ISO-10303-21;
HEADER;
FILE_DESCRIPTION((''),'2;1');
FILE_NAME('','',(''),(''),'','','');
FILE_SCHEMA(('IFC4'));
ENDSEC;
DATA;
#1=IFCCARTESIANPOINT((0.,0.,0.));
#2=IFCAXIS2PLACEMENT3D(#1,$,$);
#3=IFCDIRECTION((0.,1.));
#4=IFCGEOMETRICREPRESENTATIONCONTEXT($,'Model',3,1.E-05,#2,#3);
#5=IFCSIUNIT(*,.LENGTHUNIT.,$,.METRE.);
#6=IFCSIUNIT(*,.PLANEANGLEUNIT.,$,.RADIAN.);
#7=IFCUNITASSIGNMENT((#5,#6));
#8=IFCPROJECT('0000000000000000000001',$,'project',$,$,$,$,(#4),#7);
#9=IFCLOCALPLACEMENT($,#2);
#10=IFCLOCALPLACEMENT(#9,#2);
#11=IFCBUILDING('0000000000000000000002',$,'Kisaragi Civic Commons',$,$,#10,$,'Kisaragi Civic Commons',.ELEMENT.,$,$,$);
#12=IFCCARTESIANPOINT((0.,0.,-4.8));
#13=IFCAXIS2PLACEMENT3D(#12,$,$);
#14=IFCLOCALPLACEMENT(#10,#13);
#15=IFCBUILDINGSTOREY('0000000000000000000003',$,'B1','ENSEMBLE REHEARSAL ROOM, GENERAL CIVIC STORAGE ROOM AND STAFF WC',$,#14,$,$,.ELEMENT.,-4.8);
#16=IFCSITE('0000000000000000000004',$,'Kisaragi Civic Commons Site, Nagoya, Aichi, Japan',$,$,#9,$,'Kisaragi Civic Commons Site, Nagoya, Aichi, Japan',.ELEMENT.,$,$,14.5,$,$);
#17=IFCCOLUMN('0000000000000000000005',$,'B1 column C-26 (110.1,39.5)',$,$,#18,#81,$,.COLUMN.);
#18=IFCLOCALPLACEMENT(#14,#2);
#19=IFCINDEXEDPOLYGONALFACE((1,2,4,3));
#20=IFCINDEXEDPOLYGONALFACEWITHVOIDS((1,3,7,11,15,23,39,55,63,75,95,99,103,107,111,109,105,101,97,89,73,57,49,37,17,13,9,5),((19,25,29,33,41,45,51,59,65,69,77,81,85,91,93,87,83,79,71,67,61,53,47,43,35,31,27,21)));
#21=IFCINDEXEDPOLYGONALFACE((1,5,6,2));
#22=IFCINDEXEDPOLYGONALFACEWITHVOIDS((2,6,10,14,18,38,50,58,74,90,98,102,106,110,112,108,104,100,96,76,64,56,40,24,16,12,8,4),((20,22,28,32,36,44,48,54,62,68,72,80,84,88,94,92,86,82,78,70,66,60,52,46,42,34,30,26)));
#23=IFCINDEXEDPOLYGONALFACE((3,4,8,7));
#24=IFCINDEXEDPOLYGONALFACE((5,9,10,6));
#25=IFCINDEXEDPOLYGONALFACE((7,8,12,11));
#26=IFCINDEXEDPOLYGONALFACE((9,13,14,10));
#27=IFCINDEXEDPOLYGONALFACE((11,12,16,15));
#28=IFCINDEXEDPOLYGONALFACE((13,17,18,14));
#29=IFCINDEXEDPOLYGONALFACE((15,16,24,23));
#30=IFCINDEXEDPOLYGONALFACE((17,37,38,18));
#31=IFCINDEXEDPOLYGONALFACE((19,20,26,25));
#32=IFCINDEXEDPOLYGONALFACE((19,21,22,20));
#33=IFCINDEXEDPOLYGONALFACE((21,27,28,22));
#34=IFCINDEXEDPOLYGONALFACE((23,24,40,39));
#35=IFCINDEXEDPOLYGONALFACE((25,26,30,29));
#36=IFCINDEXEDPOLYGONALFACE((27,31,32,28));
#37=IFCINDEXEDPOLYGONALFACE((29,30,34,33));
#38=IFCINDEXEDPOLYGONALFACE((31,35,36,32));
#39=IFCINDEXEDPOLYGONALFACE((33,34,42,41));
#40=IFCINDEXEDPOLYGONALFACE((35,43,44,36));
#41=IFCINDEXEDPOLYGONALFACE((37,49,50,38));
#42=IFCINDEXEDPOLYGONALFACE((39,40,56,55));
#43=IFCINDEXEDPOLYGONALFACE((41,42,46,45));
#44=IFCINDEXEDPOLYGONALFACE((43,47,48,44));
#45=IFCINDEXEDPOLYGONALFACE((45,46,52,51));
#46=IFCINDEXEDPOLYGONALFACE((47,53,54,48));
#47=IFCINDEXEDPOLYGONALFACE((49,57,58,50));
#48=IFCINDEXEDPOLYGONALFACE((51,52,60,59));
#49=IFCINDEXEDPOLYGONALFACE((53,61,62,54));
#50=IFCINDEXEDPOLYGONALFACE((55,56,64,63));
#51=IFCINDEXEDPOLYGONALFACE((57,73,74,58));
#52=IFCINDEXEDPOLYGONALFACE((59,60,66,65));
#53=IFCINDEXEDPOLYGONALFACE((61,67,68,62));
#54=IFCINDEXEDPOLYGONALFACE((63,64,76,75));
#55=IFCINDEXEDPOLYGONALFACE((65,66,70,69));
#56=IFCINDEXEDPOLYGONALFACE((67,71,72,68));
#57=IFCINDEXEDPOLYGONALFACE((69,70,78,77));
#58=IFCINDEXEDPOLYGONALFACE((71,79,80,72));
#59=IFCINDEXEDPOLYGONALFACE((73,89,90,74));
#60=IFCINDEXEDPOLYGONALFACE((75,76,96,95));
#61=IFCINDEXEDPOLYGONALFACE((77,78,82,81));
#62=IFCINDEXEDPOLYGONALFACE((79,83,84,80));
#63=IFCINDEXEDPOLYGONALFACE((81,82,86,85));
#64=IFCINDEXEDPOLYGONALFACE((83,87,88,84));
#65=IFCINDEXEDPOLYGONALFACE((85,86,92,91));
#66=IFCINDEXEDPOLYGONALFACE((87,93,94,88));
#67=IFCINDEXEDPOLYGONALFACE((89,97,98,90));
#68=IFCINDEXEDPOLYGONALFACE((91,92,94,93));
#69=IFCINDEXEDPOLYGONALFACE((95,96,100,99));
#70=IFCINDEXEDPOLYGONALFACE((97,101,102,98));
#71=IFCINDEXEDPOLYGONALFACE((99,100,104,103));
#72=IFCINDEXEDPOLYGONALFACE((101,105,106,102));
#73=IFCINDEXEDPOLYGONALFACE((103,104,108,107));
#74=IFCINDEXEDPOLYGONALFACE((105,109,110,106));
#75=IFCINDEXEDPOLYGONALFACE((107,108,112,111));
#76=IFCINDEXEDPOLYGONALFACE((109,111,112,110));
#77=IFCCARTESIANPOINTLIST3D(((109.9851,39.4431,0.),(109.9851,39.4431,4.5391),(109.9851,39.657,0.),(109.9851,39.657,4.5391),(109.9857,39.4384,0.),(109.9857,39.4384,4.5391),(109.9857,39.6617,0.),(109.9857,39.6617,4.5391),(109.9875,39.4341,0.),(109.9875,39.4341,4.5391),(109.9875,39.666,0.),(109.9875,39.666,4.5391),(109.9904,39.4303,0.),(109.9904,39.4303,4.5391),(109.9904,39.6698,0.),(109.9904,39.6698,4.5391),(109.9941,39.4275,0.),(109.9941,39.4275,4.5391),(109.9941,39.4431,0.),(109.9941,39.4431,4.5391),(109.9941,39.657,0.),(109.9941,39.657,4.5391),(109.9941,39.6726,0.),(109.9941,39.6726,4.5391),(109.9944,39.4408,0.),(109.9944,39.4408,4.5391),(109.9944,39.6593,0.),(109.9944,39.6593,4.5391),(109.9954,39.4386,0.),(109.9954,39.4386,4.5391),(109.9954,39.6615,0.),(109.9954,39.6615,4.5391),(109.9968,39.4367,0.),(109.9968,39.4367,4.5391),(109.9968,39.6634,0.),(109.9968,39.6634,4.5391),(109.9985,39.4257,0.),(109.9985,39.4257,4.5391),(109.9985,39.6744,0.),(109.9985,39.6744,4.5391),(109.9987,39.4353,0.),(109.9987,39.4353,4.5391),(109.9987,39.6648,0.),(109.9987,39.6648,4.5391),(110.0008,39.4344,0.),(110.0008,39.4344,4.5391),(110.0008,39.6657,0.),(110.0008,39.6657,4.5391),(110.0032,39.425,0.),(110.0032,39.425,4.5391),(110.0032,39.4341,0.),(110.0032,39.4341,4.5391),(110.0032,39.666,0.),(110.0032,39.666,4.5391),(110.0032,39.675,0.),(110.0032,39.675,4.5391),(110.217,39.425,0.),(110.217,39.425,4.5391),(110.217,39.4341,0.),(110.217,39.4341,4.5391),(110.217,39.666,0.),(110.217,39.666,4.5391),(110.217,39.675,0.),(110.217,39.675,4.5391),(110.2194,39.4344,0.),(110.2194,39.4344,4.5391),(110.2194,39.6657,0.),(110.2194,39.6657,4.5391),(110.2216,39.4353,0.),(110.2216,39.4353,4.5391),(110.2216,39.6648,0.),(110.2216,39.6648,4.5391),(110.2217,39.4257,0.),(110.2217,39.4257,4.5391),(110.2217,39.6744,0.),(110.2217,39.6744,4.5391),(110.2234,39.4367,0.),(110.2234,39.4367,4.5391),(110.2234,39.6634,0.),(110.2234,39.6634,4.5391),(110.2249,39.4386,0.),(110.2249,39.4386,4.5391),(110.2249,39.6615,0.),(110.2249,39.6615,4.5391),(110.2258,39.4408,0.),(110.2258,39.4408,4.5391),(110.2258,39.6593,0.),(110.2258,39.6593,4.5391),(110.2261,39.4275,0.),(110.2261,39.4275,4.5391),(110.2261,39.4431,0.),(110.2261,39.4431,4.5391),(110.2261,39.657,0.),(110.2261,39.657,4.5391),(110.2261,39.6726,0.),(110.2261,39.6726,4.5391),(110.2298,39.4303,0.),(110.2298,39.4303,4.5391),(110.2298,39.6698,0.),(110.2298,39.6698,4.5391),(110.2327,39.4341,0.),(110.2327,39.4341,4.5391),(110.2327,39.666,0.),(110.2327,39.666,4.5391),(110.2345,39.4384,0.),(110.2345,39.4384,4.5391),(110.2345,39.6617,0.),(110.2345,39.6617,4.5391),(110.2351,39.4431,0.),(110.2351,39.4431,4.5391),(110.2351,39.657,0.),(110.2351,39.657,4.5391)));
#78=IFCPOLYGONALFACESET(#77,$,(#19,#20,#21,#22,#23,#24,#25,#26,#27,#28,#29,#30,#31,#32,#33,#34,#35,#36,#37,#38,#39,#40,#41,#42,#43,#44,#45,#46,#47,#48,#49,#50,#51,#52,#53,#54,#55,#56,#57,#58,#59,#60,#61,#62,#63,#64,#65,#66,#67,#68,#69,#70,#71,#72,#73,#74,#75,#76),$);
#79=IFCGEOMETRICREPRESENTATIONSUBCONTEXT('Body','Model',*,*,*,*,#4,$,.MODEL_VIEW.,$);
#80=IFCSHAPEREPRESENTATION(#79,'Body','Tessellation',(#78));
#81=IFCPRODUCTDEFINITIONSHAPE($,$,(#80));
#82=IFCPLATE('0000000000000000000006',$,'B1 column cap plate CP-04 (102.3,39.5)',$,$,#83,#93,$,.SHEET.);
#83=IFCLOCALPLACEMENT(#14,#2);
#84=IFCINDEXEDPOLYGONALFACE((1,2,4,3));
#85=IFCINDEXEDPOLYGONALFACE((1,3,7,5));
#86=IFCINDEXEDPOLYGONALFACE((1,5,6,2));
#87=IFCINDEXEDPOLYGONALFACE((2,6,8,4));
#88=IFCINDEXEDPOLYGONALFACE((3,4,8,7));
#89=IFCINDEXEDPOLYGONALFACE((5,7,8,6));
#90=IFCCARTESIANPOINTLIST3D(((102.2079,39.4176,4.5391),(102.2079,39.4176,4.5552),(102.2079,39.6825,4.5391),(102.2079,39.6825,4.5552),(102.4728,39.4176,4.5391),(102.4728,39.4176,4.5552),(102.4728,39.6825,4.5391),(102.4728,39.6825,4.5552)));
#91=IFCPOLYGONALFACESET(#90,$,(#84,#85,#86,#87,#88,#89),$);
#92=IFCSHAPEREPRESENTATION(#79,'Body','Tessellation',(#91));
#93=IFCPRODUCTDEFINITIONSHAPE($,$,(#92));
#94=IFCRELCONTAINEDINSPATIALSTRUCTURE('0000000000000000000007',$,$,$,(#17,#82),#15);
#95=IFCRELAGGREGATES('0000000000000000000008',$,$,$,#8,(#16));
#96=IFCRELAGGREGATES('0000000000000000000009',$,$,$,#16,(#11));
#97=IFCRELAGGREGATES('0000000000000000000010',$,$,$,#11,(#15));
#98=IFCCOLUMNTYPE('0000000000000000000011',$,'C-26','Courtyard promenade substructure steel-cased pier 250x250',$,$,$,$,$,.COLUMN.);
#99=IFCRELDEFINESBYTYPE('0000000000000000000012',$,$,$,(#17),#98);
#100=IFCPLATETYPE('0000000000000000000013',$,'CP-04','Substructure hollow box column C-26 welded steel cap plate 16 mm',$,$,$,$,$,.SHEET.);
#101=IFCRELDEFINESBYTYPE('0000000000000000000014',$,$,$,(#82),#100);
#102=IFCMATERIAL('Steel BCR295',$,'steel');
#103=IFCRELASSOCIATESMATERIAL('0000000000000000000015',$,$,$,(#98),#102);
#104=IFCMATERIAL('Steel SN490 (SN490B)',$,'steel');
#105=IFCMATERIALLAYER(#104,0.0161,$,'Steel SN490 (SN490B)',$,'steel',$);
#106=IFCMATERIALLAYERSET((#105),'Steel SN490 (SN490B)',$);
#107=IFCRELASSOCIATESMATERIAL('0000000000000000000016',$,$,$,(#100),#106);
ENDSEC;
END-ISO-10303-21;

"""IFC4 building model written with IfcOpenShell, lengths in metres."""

from ifc_helpers import new_model, si_unit, direction, frame, origin, origin_2d, place, context, subcontext, project, spatial, rectangle, hollow_rectangle, extrude, material, layer, layer_set, material_profile, profile_set, type_object, element, save


model = new_model("IFC4")

# Units and contexts
model_context = context("Model", 3, precision=1e-05, world=origin(), true_north=direction((0.0, 1.0)))
body_context = subcontext(model_context, "Body", "Model", "MODEL_VIEW")
ifc_project = project(units=[si_unit("LENGTHUNIT", "METRE"), si_unit("PLANEANGLEUNIT", "RADIAN")], contexts=[model_context])

# Site, building, storey
site_placement = place(None, origin())
site = spatial("IfcSite", under=ifc_project, at=site_placement, Name="Kisaragi Civic Commons Site, Nagoya, Aichi, Japan", LongName="Kisaragi Civic Commons Site, Nagoya, Aichi, Japan", CompositionType="ELEMENT", RefElevation=14.5)
building_placement = place(site_placement, origin())
building = spatial("IfcBuilding", under=site, at=building_placement, Name="Kisaragi Civic Commons", LongName="Kisaragi Civic Commons", CompositionType="ELEMENT")
storey_placement = place(building_placement, frame((0.0, 0.0, -4.8)))
storey = spatial("IfcBuildingStorey", under=building, at=storey_placement, Name="B1", Description="ENSEMBLE REHEARSAL ROOM, GENERAL CIVIC STORAGE ROOM AND STAFF WC", CompositionType="ELEMENT", Elevation=-4.8)

# Column
ifc_material_1 = material(Name="Steel BCR295", Category="steel")
ifc_material_profile_1 = material_profile(ifc_material_1, hollow_rectangle(XDim=0.25, YDim=0.25, WallThickness=0.009, InnerFilletRadius=0.009, OuterFilletRadius=0.0181, at=origin_2d()), Name="BCR-250x250x9", Category="steel")
ifc_profile_set_1 = profile_set([ifc_material_profile_1], Name="Steel BCR295")
column_type_1 = type_object("IfcColumnType", Name="C-26", Description="Courtyard promenade substructure steel-cased pier 250x250", PredefinedType="COLUMN", material=ifc_profile_set_1)
for number, where, z_axis, x_axis, name in (
    (1, (110.1101, 39.55, 0.0), (0.0, 0.0, 1.0), (1.0, 0.0, 0.0), "B1 column C-26 (110.1,39.5)"),
):
    element("IfcColumn", number, at=place(storey_placement, frame(where, z_axis=z_axis, x_axis=x_axis)), inside=storey, type_object=column_type_1, Name=name, PredefinedType="COLUMN", context=body_context, shape_type="SweptSolid", body=[
        extrude(hollow_rectangle(XDim=0.25, YDim=0.25, WallThickness=0.009, InnerFilletRadius=0.009, OuterFilletRadius=0.0181, at=origin_2d()), origin(), (0.0, 0.0, 1.0), 4.5391),
    ])

# Plate
ifc_material_2 = material(Name="Steel SN490 (SN490B)", Category="steel")
ifc_layer = layer(ifc_material_2, 0.0161, Name="Steel SN490 (SN490B)", Category="steel")
ifc_layer_set = layer_set([ifc_layer], Name="Steel SN490 (SN490B)")
plate_type = type_object("IfcPlateType", Name="CP-04", Description="Substructure hollow box column C-26 welded steel cap plate 16 mm", PredefinedType="SHEET", material=ifc_layer_set)
plate_placement = place(storey_placement, frame((102.3403, 39.55, 4.5391), z_axis=(0.0, 0.0, 1.0), x_axis=(1.0, 0.0, 0.0)))
element("IfcPlate", 2, at=plate_placement, inside=storey, type_object=plate_type, Name="B1 column cap plate CP-04 (102.3,39.5)", PredefinedType="SHEET", context=body_context, shape_type="SweptSolid", body=[
    extrude(rectangle(XDim=0.2649, YDim=0.2649, at=origin_2d()), origin(), (0.0, 0.0, 1.0), 0.0161),
])

save(model, "model.ifc")
